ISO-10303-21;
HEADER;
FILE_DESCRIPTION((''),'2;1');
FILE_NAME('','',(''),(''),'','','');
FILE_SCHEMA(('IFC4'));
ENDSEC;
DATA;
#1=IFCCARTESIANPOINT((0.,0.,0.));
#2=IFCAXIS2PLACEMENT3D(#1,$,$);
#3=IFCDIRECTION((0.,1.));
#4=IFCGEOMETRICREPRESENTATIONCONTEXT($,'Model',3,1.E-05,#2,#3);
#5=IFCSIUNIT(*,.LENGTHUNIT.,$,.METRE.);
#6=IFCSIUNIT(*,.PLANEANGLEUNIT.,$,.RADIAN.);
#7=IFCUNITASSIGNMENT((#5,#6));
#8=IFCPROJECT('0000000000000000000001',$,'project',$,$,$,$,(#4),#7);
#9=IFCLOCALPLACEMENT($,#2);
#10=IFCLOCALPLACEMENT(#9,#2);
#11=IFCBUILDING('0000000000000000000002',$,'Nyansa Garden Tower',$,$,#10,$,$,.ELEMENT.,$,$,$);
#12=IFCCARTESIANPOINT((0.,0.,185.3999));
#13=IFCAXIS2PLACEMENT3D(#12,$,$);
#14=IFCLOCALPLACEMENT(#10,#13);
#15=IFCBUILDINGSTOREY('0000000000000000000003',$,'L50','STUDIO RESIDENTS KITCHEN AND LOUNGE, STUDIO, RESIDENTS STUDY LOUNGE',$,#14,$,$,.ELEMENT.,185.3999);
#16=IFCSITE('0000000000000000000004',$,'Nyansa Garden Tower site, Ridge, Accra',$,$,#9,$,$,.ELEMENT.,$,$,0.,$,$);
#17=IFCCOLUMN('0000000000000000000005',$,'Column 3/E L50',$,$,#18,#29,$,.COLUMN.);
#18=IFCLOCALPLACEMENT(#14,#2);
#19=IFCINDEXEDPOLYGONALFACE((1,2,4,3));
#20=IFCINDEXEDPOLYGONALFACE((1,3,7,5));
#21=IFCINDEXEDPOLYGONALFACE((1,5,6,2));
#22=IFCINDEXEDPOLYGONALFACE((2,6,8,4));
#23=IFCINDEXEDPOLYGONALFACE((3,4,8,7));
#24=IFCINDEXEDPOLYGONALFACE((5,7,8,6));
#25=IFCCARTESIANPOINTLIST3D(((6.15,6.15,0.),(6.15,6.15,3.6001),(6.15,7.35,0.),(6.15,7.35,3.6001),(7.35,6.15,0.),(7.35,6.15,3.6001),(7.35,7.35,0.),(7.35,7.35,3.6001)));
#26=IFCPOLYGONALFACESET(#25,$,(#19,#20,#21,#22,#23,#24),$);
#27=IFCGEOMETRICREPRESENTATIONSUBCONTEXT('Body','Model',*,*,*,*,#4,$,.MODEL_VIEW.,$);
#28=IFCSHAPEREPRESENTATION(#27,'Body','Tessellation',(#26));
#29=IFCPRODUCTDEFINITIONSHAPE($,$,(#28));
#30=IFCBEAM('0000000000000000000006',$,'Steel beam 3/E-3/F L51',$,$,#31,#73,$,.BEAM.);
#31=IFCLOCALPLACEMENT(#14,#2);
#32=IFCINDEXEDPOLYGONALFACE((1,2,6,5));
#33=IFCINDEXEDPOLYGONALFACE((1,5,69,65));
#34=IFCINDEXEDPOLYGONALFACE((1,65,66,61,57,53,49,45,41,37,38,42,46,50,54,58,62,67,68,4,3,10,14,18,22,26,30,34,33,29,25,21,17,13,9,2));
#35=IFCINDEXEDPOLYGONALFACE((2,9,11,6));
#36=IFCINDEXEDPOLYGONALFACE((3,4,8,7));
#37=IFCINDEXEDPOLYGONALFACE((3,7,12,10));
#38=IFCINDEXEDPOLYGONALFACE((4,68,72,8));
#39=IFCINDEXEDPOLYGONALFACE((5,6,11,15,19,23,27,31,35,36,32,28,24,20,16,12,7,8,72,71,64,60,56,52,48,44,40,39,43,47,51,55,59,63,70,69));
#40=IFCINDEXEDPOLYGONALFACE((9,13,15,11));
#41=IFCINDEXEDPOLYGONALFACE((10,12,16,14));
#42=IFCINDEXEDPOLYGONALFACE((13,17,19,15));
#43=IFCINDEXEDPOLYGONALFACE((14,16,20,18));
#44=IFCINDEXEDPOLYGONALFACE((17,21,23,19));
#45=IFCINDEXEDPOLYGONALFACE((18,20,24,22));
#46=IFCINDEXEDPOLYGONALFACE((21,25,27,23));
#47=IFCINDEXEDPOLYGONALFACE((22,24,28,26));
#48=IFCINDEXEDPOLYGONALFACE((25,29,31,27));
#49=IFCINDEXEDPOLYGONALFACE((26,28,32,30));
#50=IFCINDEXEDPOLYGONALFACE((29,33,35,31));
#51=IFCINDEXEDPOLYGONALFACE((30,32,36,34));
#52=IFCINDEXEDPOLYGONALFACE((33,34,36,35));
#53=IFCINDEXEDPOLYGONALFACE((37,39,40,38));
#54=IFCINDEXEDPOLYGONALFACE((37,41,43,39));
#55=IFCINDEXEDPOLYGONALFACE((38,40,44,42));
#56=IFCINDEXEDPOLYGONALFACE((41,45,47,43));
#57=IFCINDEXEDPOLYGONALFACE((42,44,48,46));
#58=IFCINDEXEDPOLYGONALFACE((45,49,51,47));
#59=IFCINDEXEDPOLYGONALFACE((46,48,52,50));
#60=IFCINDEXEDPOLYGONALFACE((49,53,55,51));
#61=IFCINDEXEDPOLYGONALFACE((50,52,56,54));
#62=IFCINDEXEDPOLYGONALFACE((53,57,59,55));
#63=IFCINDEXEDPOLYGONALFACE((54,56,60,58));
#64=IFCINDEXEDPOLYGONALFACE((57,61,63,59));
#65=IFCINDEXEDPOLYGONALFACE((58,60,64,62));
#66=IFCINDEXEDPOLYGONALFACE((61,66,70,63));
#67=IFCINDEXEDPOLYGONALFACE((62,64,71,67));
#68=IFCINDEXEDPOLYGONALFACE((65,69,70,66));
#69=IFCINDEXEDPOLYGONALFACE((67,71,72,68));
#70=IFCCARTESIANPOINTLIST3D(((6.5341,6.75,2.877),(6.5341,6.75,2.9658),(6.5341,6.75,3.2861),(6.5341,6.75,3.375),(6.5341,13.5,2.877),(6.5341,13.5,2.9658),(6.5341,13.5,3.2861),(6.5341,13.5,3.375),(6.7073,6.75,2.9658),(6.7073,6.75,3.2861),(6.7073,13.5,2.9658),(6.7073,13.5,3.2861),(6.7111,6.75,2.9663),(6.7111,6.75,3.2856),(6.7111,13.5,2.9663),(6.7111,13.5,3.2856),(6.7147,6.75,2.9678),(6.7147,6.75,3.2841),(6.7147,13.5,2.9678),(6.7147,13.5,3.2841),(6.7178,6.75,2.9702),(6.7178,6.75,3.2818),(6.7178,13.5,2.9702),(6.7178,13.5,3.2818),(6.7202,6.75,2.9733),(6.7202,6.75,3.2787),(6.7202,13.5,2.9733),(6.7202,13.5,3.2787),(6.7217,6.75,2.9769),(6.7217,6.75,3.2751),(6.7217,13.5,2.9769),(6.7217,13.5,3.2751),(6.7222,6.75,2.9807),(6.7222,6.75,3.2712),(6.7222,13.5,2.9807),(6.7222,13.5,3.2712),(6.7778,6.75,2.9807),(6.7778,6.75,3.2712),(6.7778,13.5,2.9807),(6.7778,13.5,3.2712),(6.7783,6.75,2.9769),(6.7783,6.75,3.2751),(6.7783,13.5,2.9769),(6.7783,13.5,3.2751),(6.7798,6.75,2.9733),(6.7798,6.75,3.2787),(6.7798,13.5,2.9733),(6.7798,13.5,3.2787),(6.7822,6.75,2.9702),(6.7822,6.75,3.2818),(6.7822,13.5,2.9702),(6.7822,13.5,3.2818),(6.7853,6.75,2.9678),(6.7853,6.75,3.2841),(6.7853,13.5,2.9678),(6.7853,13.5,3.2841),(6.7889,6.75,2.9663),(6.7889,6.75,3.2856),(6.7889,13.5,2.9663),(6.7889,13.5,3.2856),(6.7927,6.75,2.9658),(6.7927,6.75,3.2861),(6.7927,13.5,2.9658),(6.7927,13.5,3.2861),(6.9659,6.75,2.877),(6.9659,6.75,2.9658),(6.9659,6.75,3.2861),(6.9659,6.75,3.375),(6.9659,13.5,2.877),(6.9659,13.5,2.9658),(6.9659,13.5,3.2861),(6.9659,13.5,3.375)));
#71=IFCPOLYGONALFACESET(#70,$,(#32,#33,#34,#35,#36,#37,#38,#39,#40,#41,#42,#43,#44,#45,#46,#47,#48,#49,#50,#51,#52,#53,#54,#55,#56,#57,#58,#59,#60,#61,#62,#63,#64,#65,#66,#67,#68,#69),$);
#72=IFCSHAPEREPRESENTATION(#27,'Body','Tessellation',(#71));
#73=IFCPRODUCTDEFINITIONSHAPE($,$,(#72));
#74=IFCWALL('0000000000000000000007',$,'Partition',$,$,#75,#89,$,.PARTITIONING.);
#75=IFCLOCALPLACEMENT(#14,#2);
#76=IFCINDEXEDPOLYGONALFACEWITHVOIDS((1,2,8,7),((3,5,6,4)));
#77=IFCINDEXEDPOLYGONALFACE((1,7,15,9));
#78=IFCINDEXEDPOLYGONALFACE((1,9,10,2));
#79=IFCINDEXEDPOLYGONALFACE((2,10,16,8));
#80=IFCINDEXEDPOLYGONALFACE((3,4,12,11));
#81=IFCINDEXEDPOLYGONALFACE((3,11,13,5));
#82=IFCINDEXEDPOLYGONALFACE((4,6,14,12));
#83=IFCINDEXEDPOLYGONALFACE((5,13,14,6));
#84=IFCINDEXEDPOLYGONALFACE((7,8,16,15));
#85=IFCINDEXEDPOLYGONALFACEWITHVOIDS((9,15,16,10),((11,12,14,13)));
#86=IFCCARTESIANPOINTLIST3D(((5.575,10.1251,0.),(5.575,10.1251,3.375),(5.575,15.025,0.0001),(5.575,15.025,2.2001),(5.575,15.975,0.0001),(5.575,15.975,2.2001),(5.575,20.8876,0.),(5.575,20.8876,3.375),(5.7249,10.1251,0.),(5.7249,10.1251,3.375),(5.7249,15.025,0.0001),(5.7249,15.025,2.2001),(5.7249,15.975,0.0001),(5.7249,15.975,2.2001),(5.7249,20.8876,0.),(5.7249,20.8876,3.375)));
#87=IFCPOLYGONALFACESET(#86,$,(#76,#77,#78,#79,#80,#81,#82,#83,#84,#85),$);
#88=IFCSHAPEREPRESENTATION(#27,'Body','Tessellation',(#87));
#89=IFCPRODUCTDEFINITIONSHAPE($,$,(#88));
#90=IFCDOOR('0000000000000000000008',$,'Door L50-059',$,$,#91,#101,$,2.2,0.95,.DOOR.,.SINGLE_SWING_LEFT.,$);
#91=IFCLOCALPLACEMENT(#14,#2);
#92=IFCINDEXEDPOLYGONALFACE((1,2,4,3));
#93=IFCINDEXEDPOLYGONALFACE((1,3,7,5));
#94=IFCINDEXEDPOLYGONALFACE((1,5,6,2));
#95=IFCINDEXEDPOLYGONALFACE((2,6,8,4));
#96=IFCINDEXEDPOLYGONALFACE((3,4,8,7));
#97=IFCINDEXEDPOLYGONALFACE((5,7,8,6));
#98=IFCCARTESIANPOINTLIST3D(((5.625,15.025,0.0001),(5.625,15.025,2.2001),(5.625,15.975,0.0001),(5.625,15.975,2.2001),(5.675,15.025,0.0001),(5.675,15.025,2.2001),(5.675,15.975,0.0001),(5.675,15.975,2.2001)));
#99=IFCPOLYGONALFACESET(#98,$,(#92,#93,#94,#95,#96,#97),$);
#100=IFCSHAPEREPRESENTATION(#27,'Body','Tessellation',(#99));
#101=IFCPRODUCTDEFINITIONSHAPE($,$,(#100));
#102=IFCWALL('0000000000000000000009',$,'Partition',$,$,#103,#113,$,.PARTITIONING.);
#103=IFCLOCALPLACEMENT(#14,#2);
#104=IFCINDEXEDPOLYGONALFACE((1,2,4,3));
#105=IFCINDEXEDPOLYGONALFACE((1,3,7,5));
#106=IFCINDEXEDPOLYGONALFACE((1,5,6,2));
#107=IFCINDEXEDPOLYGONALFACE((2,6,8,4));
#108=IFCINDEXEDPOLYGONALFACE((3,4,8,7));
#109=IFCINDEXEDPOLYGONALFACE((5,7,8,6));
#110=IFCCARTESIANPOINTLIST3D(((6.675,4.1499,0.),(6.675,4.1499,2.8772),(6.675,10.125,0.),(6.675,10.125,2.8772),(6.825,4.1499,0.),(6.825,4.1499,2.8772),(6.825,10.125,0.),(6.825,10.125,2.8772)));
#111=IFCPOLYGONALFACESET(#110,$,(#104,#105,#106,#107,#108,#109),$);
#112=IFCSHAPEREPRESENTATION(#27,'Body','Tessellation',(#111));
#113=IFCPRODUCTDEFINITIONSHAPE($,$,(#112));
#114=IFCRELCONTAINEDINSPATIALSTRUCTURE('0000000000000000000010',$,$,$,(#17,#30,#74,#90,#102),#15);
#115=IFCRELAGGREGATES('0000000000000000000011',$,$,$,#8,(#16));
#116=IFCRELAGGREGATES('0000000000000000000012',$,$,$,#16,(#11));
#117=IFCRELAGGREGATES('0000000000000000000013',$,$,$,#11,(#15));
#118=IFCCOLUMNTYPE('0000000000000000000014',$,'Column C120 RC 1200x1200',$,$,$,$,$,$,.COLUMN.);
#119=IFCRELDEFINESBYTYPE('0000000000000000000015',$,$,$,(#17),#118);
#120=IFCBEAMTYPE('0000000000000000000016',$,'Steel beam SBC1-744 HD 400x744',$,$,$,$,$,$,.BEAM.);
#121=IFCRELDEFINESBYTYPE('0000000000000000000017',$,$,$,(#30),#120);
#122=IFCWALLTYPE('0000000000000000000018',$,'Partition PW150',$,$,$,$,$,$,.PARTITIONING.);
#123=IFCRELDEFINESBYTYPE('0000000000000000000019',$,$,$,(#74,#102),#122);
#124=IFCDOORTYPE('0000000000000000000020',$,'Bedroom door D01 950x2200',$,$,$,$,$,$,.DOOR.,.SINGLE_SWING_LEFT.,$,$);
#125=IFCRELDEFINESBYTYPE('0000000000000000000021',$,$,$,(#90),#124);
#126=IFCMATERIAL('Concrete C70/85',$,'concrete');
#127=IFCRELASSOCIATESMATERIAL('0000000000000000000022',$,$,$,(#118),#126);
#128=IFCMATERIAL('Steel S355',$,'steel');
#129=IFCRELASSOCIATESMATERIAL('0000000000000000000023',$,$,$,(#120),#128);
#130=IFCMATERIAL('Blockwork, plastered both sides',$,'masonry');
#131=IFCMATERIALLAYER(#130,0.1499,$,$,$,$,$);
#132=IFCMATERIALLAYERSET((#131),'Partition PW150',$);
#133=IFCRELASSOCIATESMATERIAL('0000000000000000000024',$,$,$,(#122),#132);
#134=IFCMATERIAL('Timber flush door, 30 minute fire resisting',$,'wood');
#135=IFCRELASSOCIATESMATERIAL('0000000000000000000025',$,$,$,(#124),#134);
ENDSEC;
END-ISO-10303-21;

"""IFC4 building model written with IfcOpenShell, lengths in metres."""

from ifc_helpers import new_model, si_unit, direction, frame, frame_2d, origin, origin_2d, place, context, subcontext, project, spatial, rectangle, i_section, extrude, material, layer, layer_set, material_profile, profile_set, type_object, element, fill, save


model = new_model("IFC4")

# Units and contexts
model_context = context("Model", 3, precision=1e-05, world=origin(), true_north=direction((0.0, 1.0)))
body_context = subcontext(model_context, "Body", "Model", "MODEL_VIEW")
ifc_project = project(units=[si_unit("LENGTHUNIT", "METRE"), si_unit("PLANEANGLEUNIT", "RADIAN")], contexts=[model_context])

# Site, building, storey
site_placement = place(None, origin())
site = spatial("IfcSite", under=ifc_project, at=site_placement, Name="Nyansa Garden Tower site, Ridge, Accra", CompositionType="ELEMENT", RefElevation=0.0)
building_placement = place(site_placement, origin())
building = spatial("IfcBuilding", under=site, at=building_placement, Name="Nyansa Garden Tower", CompositionType="ELEMENT")
storey_placement = place(building_placement, frame((0.0, 0.0, 185.3999)))
storey = spatial("IfcBuildingStorey", under=building, at=storey_placement, Name="L50", Description="STUDIO RESIDENTS KITCHEN AND LOUNGE, STUDIO, RESIDENTS STUDY LOUNGE", CompositionType="ELEMENT", Elevation=185.3999)

# Column
ifc_material_1 = material(Name="Concrete C70/85", Category="concrete")
ifc_material_profile_1 = material_profile(ifc_material_1, rectangle(XDim=1.2, YDim=1.2, at=origin_2d()), Name="RC 1200x1200")
ifc_profile_set_1 = profile_set([ifc_material_profile_1], Name="Concrete C70/85")
column_type = type_object("IfcColumnType", Name="Column C120 RC 1200x1200", PredefinedType="COLUMN", material=ifc_profile_set_1)
column_placement = place(storey_placement, frame((6.75, 6.75, 0.0), z_axis=(0.0, 0.0, 1.0), x_axis=(1.0, 0.0, 0.0)))
element("IfcColumn", 1, at=column_placement, inside=storey, type_object=column_type, Name="Column 3/E L50", PredefinedType="COLUMN", context=body_context, shape_type="SweptSolid", body=[
    extrude(rectangle(XDim=1.2, YDim=1.2, at=origin_2d()), origin(), (0.0, 0.0, 1.0), 3.6001),
])

# Beam
ifc_material_2 = material(Name="Steel S355", Category="steel")
ifc_material_profile_2 = material_profile(ifc_material_2, i_section(OverallWidth=0.4319, OverallDepth=0.498, WebThickness=0.0557, FlangeThickness=0.0889, FilletRadius=0.0149, at=origin_2d()), Name="HD 400x744")
ifc_profile_set_2 = profile_set([ifc_material_profile_2], Name="Steel S355")
beam_type = type_object("IfcBeamType", Name="Steel beam SBC1-744 HD 400x744", PredefinedType="BEAM", material=ifc_profile_set_2)
beam_placement = place(storey_placement, frame((6.75, 6.75, 3.126), z_axis=(0.0, 1.0, 0.0), x_axis=(-1.0, 0.0, 0.0)))
element("IfcBeam", 2, at=beam_placement, inside=storey, type_object=beam_type, Name="Steel beam 3/E-3/F L51", PredefinedType="BEAM", context=body_context, shape_type="SweptSolid", body=[
    extrude(i_section(OverallWidth=0.4319, OverallDepth=0.498, WebThickness=0.0557, FlangeThickness=0.0889, FilletRadius=0.0149, at=origin_2d()), origin(), (0.0, 0.0, 1.0), 6.75),
])

# Wall, opening, door
ifc_material_3 = material(Name="Blockwork, plastered both sides", Category="masonry")
ifc_layer_1 = layer(ifc_material_3, 0.1499)
ifc_layer_set_1 = layer_set([ifc_layer_1], Name="Partition PW150")
wall_type_1 = type_object("IfcWallType", Name="Partition PW150", PredefinedType="PARTITIONING", material=ifc_layer_set_1)
wall_1_placement = place(storey_placement, frame((5.6499, 10.125, 0.0), z_axis=(0.0, 0.0, 1.0), x_axis=(0.0, 1.0, 0.0)))
wall_1 = element("IfcWall", 3, at=wall_1_placement, inside=storey, type_object=wall_type_1, Name="Partition", PredefinedType="PARTITIONING", context=body_context, shape_type="SweptSolid", body=[
    extrude(rectangle(XDim=10.7625, YDim=0.1499, at=frame_2d((5.3813, 0.0))), origin(), (0.0, 0.0, 1.0), 3.375),
])
opening_1_placement = place(wall_1_placement, frame((4.8999, 0.0, 0.0)))
opening_1 = element("IfcOpeningElement", 4, at=opening_1_placement, cuts=wall_1, PredefinedType="OPENING", context=body_context, shape_type="SweptSolid", body=[
    extrude(rectangle(XDim=0.95, YDim=2.2, at=frame_2d((0.4751, 1.1001))), frame((0.0, 0.085, 0.0), z_axis=(0.0, -1.0, 0.0), x_axis=(1.0, 0.0, 0.0)), (0.0, 0.0, 1.0), 0.1699),
])
ifc_material_4 = material(Name="Timber flush door, 30 minute fire resisting", Category="wood")
door_type_1 = type_object("IfcDoorType", Name="Bedroom door D01 950x2200", OperationType="SINGLE_SWING_LEFT", PredefinedType="DOOR", material=ifc_material_4)
door_1_placement = place(opening_1_placement, origin())
door_1 = element("IfcDoor", 5, at=door_1_placement, inside=storey, type_object=door_type_1, Name="Door L50-059", OperationType="SINGLE_SWING_LEFT", OverallHeight=2.2, OverallWidth=0.95, PredefinedType="DOOR", context=body_context, shape_type="SweptSolid", body=[
    extrude(rectangle(XDim=0.95, YDim=2.2, at=frame_2d((0.4751, 1.1001))), frame((0.0, 0.0249, 0.0), z_axis=(0.0, -1.0, 0.0), x_axis=(1.0, 0.0, 0.0)), (0.0, 0.0, 1.0), 0.05),
])
fill(opening_1, door_1)

# Wall
wall_2_placement = place(storey_placement, frame((6.75, 4.1499, 0.0), z_axis=(0.0, 0.0, 1.0), x_axis=(0.0, 1.0, 0.0)))
element("IfcWall", 6, at=wall_2_placement, inside=storey, type_object=wall_type_1, Name="Partition", PredefinedType="PARTITIONING", context=body_context, shape_type="SweptSolid", body=[
    extrude(rectangle(XDim=5.9751, YDim=0.1499, at=frame_2d((2.9875, 0.0))), origin(), (0.0, 0.0, 1.0), 2.8772),
])

save(model, "model.ifc")
